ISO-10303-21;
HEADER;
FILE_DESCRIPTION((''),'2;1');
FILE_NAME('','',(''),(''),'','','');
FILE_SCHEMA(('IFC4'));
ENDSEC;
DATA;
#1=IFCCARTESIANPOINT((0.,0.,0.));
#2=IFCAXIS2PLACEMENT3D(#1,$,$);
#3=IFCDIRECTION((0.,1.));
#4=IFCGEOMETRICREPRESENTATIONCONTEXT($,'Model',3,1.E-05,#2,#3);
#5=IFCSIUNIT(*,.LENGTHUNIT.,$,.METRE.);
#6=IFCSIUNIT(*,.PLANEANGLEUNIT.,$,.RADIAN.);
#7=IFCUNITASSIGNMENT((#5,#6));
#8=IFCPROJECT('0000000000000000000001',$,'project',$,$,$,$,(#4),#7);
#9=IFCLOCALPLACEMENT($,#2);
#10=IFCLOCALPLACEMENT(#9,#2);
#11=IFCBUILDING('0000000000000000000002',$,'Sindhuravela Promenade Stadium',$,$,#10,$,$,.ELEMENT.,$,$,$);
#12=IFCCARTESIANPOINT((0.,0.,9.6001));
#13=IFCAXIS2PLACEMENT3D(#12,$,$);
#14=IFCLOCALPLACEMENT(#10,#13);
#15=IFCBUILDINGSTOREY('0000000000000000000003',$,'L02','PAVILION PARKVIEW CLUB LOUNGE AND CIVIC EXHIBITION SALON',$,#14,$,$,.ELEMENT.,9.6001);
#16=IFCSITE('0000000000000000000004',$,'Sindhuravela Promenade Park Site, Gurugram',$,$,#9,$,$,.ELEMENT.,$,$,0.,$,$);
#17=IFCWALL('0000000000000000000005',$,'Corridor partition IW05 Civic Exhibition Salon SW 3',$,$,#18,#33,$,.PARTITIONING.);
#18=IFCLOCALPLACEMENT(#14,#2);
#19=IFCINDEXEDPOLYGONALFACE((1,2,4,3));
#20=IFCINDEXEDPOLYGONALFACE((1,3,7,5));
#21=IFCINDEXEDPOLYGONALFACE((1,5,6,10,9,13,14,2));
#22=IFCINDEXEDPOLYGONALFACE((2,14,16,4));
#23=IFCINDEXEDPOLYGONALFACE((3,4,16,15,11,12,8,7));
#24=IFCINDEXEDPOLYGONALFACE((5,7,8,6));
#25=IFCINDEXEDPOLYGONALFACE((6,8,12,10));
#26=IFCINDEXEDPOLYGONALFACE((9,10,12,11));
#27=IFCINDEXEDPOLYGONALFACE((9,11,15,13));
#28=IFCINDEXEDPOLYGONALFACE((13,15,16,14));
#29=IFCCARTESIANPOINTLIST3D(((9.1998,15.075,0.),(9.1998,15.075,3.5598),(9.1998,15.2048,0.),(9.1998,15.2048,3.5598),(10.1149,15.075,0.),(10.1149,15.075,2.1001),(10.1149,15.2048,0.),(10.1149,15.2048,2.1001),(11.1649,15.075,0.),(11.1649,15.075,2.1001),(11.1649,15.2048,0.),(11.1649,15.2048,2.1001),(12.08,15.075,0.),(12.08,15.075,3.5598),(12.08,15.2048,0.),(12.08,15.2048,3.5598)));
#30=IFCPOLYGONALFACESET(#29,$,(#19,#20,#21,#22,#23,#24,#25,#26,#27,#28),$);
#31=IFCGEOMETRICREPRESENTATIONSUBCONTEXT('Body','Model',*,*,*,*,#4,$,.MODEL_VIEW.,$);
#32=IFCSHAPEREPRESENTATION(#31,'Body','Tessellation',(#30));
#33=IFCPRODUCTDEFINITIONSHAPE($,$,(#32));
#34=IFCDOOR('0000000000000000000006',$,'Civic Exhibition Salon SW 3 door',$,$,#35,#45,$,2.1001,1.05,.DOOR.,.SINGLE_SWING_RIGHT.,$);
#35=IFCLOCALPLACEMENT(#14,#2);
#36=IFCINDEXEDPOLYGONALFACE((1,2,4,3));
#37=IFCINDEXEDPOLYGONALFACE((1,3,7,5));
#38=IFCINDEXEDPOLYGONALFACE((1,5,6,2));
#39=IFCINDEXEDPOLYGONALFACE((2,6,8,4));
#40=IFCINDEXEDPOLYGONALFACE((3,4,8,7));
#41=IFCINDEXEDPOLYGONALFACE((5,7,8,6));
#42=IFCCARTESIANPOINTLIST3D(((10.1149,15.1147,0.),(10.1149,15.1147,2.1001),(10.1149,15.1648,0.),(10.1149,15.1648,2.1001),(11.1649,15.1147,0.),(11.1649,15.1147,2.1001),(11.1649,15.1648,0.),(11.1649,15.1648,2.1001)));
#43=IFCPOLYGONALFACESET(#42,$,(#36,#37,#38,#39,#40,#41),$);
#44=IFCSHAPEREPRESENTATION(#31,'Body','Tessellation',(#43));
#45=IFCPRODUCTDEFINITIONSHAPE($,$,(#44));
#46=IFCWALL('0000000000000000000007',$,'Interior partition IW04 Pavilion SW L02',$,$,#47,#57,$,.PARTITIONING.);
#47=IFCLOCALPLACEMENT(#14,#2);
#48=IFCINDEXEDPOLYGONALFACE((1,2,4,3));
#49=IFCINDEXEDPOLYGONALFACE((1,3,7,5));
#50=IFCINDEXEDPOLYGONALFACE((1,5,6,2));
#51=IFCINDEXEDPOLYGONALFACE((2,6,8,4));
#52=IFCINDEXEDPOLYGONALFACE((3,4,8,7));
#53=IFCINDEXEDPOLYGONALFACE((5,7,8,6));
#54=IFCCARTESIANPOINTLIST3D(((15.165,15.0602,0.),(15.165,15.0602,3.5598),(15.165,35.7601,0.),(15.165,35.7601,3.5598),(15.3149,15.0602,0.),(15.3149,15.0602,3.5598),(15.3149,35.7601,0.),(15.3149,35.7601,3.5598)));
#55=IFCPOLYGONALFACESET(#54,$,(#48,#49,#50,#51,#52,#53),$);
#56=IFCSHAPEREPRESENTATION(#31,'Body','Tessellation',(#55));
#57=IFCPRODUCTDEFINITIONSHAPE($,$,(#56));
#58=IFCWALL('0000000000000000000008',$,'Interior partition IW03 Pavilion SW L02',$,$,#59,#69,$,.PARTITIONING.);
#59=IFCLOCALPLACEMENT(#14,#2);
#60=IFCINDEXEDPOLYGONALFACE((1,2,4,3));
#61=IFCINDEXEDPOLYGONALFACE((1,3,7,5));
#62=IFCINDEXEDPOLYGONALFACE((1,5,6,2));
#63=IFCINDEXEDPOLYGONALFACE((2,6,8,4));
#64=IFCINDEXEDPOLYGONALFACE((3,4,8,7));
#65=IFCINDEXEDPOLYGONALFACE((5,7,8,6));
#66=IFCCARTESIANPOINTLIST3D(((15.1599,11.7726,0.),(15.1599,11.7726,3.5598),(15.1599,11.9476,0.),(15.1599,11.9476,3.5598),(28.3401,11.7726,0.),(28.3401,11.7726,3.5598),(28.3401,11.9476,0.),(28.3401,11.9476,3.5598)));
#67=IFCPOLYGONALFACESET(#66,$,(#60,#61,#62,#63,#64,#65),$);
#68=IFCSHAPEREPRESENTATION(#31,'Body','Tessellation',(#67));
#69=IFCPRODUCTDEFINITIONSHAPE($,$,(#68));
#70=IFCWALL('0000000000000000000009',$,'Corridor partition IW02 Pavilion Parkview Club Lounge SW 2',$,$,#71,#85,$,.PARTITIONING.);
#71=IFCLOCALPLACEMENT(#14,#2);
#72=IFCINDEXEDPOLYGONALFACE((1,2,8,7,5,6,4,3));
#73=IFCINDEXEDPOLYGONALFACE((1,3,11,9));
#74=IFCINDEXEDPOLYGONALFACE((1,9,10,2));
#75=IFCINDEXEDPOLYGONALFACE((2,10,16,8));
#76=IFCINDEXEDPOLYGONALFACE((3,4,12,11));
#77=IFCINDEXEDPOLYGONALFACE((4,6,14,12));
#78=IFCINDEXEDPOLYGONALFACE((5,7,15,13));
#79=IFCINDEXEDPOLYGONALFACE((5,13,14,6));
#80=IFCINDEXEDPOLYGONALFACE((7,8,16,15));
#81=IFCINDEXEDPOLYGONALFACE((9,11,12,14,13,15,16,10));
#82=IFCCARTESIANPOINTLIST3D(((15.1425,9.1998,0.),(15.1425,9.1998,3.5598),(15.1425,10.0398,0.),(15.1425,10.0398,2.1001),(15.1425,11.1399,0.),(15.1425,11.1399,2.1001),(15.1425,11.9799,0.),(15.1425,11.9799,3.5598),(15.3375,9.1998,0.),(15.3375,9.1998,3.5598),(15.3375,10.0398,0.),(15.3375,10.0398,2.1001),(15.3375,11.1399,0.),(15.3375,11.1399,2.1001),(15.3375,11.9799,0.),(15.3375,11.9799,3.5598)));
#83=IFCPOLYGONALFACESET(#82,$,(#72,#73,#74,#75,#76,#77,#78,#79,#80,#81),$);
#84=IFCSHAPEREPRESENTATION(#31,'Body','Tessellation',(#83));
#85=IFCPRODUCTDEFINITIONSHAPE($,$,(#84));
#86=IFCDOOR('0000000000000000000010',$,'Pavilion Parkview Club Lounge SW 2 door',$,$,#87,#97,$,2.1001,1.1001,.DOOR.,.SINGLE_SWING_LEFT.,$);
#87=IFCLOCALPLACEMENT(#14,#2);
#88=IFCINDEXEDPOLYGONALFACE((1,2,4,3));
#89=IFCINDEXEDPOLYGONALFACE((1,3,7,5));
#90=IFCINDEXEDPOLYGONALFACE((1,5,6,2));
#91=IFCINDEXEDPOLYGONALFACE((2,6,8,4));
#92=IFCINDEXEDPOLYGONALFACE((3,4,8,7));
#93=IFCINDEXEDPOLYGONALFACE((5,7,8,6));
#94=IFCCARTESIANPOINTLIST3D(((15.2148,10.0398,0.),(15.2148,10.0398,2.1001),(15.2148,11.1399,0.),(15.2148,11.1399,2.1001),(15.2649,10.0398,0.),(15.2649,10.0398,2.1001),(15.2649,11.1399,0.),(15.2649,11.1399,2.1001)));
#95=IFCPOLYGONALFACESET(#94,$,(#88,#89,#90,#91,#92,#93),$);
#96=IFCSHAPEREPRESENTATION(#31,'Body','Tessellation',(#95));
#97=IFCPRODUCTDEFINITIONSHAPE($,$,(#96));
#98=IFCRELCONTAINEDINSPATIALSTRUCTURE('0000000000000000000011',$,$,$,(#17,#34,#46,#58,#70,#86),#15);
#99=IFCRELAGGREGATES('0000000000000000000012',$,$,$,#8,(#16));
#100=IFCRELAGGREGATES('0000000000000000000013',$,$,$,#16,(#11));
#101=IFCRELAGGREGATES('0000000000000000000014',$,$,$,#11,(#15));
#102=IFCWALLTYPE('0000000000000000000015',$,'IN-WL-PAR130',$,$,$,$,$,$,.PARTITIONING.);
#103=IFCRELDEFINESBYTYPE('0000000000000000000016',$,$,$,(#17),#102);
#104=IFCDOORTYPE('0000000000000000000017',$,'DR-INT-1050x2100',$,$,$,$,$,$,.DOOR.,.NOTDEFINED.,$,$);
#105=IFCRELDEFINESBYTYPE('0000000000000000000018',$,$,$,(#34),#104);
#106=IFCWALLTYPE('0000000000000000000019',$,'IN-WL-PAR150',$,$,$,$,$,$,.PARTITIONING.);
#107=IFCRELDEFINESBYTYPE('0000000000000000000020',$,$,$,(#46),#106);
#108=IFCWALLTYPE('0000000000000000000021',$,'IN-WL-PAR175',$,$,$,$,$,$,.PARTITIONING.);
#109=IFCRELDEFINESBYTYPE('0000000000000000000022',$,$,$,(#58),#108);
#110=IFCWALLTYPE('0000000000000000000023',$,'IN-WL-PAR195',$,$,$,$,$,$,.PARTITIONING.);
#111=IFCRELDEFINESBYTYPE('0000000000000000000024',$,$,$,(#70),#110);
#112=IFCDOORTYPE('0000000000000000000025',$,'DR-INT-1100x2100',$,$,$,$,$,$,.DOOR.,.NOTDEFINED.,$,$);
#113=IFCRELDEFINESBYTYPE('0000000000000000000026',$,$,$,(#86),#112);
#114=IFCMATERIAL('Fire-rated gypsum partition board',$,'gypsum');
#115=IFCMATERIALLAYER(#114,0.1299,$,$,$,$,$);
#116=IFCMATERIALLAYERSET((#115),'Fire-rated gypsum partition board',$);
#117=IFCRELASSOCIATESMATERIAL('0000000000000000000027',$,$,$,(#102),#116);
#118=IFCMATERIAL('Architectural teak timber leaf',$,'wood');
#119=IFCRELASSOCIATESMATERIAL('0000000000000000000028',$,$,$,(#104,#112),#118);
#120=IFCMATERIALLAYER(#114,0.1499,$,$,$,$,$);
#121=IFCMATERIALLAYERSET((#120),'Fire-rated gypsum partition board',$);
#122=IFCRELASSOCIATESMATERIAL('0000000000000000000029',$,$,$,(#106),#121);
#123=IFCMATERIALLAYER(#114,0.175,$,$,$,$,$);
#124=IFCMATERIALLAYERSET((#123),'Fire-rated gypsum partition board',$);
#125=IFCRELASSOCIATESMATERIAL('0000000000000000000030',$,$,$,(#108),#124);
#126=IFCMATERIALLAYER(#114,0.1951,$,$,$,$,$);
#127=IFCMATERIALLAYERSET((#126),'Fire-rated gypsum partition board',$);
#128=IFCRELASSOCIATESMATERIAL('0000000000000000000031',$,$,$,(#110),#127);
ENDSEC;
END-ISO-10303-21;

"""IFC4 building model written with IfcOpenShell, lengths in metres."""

from ifc_helpers import new_model, si_unit, direction, frame, frame_2d, origin, place, context, subcontext, project, spatial, rectangle, extrude, material, layer, layer_set, type_object, element, fill, save


model = new_model("IFC4")

# Units and contexts
model_context = context("Model", 3, precision=1e-05, world=origin(), true_north=direction((0.0, 1.0)))
body_context = subcontext(model_context, "Body", "Model", "MODEL_VIEW")
ifc_project = project(units=[si_unit("LENGTHUNIT", "METRE"), si_unit("PLANEANGLEUNIT", "RADIAN")], contexts=[model_context])

# Site, building, storey
site_placement = place(None, origin())
site = spatial("IfcSite", under=ifc_project, at=site_placement, Name="Sindhuravela Promenade Park Site, Gurugram", CompositionType="ELEMENT", RefElevation=0.0)
building_placement = place(site_placement, origin())
building = spatial("IfcBuilding", under=site, at=building_placement, Name="Sindhuravela Promenade Stadium", CompositionType="ELEMENT")
storey_placement = place(building_placement, frame((0.0, 0.0, 9.6001)))
storey = spatial("IfcBuildingStorey", under=building, at=storey_placement, Name="L02", Description="PAVILION PARKVIEW CLUB LOUNGE AND CIVIC EXHIBITION SALON", CompositionType="ELEMENT", Elevation=9.6001)

# Wall, opening, door
ifc_material_1 = material(Name="Fire-rated gypsum partition board", Category="gypsum")
ifc_layer_1 = layer(ifc_material_1, 0.1299)
ifc_layer_set_1 = layer_set([ifc_layer_1], Name="Fire-rated gypsum partition board")
wall_type_1 = type_object("IfcWallType", Name="IN-WL-PAR130", PredefinedType="PARTITIONING", material=ifc_layer_set_1)
wall_1_placement = place(storey_placement, frame((9.2, 15.1399, 0.0), z_axis=(0.0, 0.0, 1.0), x_axis=(1.0, 0.0, 0.0)))
wall_1 = element("IfcWall", 1, at=wall_1_placement, inside=storey, type_object=wall_type_1, Name="Corridor partition IW05 Civic Exhibition Salon SW 3", PredefinedType="PARTITIONING", context=body_context, shape_type="SweptSolid", body=[
    extrude(rectangle(XDim=2.8801, YDim=0.1299, at=frame_2d((1.4399, 0.0))), origin(), (0.0, 0.0, 1.0), 3.5598),
])
opening_1_placement = place(wall_1_placement, frame((0.915, 0.0, 0.0)))
opening_1 = element("IfcOpeningElement", 2, at=opening_1_placement, cuts=wall_1, PredefinedType="OPENING", context=body_context, shape_type="SweptSolid", body=[
    extrude(rectangle(XDim=1.05, YDim=2.1001, at=frame_2d((0.5249, 1.05))), frame((0.0, 0.075, 0.0), z_axis=(0.0, -1.0, 0.0), x_axis=(1.0, 0.0, 0.0)), (0.0, 0.0, 1.0), 0.1499),
])
ifc_material_2 = material(Name="Architectural teak timber leaf", Category="wood")
door_type_1 = type_object("IfcDoorType", Name="DR-INT-1050x2100", OperationType="NOTDEFINED", PredefinedType="DOOR", material=ifc_material_2)
door_1_placement = place(opening_1_placement, origin())
door_1 = element("IfcDoor", 3, at=door_1_placement, inside=storey, type_object=door_type_1, Name="Civic Exhibition Salon SW 3 door", OperationType="SINGLE_SWING_RIGHT", OverallHeight=2.1001, OverallWidth=1.05, PredefinedType="DOOR", context=body_context, shape_type="SweptSolid", body=[
    extrude(rectangle(XDim=1.05, YDim=2.1001, at=frame_2d((0.5249, 1.05))), frame((0.0, 0.0249, 0.0), z_axis=(0.0, -1.0, 0.0), x_axis=(1.0, 0.0, 0.0)), (0.0, 0.0, 1.0), 0.05),
])
fill(opening_1, door_1)

# Walls
ifc_layer_2 = layer(ifc_material_1, 0.1499)
ifc_layer_set_2 = layer_set([ifc_layer_2], Name="Fire-rated gypsum partition board")
wall_type_2 = type_object("IfcWallType", Name="IN-WL-PAR150", PredefinedType="PARTITIONING", material=ifc_layer_set_2)
wall_2_placement = place(storey_placement, frame((15.24, 15.0601, 0.0), z_axis=(0.0, 0.0, 1.0), x_axis=(0.0, 1.0, 0.0)))
element("IfcWall", 4, at=wall_2_placement, inside=storey, type_object=wall_type_2, Name="Interior partition IW04 Pavilion SW L02", PredefinedType="PARTITIONING", context=body_context, shape_type="SweptSolid", body=[
    extrude(rectangle(XDim=20.7, YDim=0.1499, at=frame_2d((10.3501, 0.0))), origin(), (0.0, 0.0, 1.0), 3.5598),
])
ifc_layer_3 = layer(ifc_material_1, 0.175)
ifc_layer_set_3 = layer_set([ifc_layer_3], Name="Fire-rated gypsum partition board")
wall_type_3 = type_object("IfcWallType", Name="IN-WL-PAR175", PredefinedType="PARTITIONING", material=ifc_layer_set_3)
wall_3_placement = place(storey_placement, frame((15.1599, 11.8601, 0.0), z_axis=(0.0, 0.0, 1.0), x_axis=(1.0, 0.0, 0.0)))
element("IfcWall", 5, at=wall_3_placement, inside=storey, type_object=wall_type_3, Name="Interior partition IW03 Pavilion SW L02", PredefinedType="PARTITIONING", context=body_context, shape_type="SweptSolid", body=[
    extrude(rectangle(XDim=13.1802, YDim=0.175, at=frame_2d((6.5901, 0.0))), origin(), (0.0, 0.0, 1.0), 3.5598),
])

# Wall, opening, door
ifc_layer_4 = layer(ifc_material_1, 0.1951)
ifc_layer_set_4 = layer_set([ifc_layer_4], Name="Fire-rated gypsum partition board")
wall_type_4 = type_object("IfcWallType", Name="IN-WL-PAR195", PredefinedType="PARTITIONING", material=ifc_layer_set_4)
wall_4_placement = place(storey_placement, frame((15.24, 11.98, 0.0), z_axis=(0.0, 0.0, 1.0), x_axis=(0.0, -1.0, 0.0)))
wall_4 = element("IfcWall", 6, at=wall_4_placement, inside=storey, type_object=wall_type_4, Name="Corridor partition IW02 Pavilion Parkview Club Lounge SW 2", PredefinedType="PARTITIONING", context=body_context, shape_type="SweptSolid", body=[
    extrude(rectangle(XDim=2.78, YDim=0.1951, at=frame_2d((1.3901, 0.0))), origin(), (0.0, 0.0, 1.0), 3.5598),
])
opening_2_placement = place(wall_4_placement, frame((0.8401, 0.0, 0.0)))
opening_2 = element("IfcOpeningElement", 7, at=opening_2_placement, cuts=wall_4, PredefinedType="OPENING", context=body_context, shape_type="SweptSolid", body=[
    extrude(rectangle(XDim=1.1001, YDim=2.1001, at=frame_2d((0.55, 1.05))), frame((0.0, 0.1074, 0.0), z_axis=(0.0, -1.0, 0.0), x_axis=(1.0, 0.0, 0.0)), (0.0, 0.0, 1.0), 0.2151),
])
door_type_2 = type_object("IfcDoorType", Name="DR-INT-1100x2100", OperationType="NOTDEFINED", PredefinedType="DOOR", material=ifc_material_2)
door_2_placement = place(opening_2_placement, origin())
door_2 = element("IfcDoor", 8, at=door_2_placement, inside=storey, type_object=door_type_2, Name="Pavilion Parkview Club Lounge SW 2 door", OperationType="SINGLE_SWING_LEFT", OverallHeight=2.1001, OverallWidth=1.1001, PredefinedType="DOOR", context=body_context, shape_type="SweptSolid", body=[
    extrude(rectangle(XDim=1.1001, YDim=2.1001, at=frame_2d((0.55, 1.05))), frame((0.0, 0.0249, 0.0), z_axis=(0.0, -1.0, 0.0), x_axis=(1.0, 0.0, 0.0)), (0.0, 0.0, 1.0), 0.05),
])
fill(opening_2, door_2)

save(model, "model.ifc")
